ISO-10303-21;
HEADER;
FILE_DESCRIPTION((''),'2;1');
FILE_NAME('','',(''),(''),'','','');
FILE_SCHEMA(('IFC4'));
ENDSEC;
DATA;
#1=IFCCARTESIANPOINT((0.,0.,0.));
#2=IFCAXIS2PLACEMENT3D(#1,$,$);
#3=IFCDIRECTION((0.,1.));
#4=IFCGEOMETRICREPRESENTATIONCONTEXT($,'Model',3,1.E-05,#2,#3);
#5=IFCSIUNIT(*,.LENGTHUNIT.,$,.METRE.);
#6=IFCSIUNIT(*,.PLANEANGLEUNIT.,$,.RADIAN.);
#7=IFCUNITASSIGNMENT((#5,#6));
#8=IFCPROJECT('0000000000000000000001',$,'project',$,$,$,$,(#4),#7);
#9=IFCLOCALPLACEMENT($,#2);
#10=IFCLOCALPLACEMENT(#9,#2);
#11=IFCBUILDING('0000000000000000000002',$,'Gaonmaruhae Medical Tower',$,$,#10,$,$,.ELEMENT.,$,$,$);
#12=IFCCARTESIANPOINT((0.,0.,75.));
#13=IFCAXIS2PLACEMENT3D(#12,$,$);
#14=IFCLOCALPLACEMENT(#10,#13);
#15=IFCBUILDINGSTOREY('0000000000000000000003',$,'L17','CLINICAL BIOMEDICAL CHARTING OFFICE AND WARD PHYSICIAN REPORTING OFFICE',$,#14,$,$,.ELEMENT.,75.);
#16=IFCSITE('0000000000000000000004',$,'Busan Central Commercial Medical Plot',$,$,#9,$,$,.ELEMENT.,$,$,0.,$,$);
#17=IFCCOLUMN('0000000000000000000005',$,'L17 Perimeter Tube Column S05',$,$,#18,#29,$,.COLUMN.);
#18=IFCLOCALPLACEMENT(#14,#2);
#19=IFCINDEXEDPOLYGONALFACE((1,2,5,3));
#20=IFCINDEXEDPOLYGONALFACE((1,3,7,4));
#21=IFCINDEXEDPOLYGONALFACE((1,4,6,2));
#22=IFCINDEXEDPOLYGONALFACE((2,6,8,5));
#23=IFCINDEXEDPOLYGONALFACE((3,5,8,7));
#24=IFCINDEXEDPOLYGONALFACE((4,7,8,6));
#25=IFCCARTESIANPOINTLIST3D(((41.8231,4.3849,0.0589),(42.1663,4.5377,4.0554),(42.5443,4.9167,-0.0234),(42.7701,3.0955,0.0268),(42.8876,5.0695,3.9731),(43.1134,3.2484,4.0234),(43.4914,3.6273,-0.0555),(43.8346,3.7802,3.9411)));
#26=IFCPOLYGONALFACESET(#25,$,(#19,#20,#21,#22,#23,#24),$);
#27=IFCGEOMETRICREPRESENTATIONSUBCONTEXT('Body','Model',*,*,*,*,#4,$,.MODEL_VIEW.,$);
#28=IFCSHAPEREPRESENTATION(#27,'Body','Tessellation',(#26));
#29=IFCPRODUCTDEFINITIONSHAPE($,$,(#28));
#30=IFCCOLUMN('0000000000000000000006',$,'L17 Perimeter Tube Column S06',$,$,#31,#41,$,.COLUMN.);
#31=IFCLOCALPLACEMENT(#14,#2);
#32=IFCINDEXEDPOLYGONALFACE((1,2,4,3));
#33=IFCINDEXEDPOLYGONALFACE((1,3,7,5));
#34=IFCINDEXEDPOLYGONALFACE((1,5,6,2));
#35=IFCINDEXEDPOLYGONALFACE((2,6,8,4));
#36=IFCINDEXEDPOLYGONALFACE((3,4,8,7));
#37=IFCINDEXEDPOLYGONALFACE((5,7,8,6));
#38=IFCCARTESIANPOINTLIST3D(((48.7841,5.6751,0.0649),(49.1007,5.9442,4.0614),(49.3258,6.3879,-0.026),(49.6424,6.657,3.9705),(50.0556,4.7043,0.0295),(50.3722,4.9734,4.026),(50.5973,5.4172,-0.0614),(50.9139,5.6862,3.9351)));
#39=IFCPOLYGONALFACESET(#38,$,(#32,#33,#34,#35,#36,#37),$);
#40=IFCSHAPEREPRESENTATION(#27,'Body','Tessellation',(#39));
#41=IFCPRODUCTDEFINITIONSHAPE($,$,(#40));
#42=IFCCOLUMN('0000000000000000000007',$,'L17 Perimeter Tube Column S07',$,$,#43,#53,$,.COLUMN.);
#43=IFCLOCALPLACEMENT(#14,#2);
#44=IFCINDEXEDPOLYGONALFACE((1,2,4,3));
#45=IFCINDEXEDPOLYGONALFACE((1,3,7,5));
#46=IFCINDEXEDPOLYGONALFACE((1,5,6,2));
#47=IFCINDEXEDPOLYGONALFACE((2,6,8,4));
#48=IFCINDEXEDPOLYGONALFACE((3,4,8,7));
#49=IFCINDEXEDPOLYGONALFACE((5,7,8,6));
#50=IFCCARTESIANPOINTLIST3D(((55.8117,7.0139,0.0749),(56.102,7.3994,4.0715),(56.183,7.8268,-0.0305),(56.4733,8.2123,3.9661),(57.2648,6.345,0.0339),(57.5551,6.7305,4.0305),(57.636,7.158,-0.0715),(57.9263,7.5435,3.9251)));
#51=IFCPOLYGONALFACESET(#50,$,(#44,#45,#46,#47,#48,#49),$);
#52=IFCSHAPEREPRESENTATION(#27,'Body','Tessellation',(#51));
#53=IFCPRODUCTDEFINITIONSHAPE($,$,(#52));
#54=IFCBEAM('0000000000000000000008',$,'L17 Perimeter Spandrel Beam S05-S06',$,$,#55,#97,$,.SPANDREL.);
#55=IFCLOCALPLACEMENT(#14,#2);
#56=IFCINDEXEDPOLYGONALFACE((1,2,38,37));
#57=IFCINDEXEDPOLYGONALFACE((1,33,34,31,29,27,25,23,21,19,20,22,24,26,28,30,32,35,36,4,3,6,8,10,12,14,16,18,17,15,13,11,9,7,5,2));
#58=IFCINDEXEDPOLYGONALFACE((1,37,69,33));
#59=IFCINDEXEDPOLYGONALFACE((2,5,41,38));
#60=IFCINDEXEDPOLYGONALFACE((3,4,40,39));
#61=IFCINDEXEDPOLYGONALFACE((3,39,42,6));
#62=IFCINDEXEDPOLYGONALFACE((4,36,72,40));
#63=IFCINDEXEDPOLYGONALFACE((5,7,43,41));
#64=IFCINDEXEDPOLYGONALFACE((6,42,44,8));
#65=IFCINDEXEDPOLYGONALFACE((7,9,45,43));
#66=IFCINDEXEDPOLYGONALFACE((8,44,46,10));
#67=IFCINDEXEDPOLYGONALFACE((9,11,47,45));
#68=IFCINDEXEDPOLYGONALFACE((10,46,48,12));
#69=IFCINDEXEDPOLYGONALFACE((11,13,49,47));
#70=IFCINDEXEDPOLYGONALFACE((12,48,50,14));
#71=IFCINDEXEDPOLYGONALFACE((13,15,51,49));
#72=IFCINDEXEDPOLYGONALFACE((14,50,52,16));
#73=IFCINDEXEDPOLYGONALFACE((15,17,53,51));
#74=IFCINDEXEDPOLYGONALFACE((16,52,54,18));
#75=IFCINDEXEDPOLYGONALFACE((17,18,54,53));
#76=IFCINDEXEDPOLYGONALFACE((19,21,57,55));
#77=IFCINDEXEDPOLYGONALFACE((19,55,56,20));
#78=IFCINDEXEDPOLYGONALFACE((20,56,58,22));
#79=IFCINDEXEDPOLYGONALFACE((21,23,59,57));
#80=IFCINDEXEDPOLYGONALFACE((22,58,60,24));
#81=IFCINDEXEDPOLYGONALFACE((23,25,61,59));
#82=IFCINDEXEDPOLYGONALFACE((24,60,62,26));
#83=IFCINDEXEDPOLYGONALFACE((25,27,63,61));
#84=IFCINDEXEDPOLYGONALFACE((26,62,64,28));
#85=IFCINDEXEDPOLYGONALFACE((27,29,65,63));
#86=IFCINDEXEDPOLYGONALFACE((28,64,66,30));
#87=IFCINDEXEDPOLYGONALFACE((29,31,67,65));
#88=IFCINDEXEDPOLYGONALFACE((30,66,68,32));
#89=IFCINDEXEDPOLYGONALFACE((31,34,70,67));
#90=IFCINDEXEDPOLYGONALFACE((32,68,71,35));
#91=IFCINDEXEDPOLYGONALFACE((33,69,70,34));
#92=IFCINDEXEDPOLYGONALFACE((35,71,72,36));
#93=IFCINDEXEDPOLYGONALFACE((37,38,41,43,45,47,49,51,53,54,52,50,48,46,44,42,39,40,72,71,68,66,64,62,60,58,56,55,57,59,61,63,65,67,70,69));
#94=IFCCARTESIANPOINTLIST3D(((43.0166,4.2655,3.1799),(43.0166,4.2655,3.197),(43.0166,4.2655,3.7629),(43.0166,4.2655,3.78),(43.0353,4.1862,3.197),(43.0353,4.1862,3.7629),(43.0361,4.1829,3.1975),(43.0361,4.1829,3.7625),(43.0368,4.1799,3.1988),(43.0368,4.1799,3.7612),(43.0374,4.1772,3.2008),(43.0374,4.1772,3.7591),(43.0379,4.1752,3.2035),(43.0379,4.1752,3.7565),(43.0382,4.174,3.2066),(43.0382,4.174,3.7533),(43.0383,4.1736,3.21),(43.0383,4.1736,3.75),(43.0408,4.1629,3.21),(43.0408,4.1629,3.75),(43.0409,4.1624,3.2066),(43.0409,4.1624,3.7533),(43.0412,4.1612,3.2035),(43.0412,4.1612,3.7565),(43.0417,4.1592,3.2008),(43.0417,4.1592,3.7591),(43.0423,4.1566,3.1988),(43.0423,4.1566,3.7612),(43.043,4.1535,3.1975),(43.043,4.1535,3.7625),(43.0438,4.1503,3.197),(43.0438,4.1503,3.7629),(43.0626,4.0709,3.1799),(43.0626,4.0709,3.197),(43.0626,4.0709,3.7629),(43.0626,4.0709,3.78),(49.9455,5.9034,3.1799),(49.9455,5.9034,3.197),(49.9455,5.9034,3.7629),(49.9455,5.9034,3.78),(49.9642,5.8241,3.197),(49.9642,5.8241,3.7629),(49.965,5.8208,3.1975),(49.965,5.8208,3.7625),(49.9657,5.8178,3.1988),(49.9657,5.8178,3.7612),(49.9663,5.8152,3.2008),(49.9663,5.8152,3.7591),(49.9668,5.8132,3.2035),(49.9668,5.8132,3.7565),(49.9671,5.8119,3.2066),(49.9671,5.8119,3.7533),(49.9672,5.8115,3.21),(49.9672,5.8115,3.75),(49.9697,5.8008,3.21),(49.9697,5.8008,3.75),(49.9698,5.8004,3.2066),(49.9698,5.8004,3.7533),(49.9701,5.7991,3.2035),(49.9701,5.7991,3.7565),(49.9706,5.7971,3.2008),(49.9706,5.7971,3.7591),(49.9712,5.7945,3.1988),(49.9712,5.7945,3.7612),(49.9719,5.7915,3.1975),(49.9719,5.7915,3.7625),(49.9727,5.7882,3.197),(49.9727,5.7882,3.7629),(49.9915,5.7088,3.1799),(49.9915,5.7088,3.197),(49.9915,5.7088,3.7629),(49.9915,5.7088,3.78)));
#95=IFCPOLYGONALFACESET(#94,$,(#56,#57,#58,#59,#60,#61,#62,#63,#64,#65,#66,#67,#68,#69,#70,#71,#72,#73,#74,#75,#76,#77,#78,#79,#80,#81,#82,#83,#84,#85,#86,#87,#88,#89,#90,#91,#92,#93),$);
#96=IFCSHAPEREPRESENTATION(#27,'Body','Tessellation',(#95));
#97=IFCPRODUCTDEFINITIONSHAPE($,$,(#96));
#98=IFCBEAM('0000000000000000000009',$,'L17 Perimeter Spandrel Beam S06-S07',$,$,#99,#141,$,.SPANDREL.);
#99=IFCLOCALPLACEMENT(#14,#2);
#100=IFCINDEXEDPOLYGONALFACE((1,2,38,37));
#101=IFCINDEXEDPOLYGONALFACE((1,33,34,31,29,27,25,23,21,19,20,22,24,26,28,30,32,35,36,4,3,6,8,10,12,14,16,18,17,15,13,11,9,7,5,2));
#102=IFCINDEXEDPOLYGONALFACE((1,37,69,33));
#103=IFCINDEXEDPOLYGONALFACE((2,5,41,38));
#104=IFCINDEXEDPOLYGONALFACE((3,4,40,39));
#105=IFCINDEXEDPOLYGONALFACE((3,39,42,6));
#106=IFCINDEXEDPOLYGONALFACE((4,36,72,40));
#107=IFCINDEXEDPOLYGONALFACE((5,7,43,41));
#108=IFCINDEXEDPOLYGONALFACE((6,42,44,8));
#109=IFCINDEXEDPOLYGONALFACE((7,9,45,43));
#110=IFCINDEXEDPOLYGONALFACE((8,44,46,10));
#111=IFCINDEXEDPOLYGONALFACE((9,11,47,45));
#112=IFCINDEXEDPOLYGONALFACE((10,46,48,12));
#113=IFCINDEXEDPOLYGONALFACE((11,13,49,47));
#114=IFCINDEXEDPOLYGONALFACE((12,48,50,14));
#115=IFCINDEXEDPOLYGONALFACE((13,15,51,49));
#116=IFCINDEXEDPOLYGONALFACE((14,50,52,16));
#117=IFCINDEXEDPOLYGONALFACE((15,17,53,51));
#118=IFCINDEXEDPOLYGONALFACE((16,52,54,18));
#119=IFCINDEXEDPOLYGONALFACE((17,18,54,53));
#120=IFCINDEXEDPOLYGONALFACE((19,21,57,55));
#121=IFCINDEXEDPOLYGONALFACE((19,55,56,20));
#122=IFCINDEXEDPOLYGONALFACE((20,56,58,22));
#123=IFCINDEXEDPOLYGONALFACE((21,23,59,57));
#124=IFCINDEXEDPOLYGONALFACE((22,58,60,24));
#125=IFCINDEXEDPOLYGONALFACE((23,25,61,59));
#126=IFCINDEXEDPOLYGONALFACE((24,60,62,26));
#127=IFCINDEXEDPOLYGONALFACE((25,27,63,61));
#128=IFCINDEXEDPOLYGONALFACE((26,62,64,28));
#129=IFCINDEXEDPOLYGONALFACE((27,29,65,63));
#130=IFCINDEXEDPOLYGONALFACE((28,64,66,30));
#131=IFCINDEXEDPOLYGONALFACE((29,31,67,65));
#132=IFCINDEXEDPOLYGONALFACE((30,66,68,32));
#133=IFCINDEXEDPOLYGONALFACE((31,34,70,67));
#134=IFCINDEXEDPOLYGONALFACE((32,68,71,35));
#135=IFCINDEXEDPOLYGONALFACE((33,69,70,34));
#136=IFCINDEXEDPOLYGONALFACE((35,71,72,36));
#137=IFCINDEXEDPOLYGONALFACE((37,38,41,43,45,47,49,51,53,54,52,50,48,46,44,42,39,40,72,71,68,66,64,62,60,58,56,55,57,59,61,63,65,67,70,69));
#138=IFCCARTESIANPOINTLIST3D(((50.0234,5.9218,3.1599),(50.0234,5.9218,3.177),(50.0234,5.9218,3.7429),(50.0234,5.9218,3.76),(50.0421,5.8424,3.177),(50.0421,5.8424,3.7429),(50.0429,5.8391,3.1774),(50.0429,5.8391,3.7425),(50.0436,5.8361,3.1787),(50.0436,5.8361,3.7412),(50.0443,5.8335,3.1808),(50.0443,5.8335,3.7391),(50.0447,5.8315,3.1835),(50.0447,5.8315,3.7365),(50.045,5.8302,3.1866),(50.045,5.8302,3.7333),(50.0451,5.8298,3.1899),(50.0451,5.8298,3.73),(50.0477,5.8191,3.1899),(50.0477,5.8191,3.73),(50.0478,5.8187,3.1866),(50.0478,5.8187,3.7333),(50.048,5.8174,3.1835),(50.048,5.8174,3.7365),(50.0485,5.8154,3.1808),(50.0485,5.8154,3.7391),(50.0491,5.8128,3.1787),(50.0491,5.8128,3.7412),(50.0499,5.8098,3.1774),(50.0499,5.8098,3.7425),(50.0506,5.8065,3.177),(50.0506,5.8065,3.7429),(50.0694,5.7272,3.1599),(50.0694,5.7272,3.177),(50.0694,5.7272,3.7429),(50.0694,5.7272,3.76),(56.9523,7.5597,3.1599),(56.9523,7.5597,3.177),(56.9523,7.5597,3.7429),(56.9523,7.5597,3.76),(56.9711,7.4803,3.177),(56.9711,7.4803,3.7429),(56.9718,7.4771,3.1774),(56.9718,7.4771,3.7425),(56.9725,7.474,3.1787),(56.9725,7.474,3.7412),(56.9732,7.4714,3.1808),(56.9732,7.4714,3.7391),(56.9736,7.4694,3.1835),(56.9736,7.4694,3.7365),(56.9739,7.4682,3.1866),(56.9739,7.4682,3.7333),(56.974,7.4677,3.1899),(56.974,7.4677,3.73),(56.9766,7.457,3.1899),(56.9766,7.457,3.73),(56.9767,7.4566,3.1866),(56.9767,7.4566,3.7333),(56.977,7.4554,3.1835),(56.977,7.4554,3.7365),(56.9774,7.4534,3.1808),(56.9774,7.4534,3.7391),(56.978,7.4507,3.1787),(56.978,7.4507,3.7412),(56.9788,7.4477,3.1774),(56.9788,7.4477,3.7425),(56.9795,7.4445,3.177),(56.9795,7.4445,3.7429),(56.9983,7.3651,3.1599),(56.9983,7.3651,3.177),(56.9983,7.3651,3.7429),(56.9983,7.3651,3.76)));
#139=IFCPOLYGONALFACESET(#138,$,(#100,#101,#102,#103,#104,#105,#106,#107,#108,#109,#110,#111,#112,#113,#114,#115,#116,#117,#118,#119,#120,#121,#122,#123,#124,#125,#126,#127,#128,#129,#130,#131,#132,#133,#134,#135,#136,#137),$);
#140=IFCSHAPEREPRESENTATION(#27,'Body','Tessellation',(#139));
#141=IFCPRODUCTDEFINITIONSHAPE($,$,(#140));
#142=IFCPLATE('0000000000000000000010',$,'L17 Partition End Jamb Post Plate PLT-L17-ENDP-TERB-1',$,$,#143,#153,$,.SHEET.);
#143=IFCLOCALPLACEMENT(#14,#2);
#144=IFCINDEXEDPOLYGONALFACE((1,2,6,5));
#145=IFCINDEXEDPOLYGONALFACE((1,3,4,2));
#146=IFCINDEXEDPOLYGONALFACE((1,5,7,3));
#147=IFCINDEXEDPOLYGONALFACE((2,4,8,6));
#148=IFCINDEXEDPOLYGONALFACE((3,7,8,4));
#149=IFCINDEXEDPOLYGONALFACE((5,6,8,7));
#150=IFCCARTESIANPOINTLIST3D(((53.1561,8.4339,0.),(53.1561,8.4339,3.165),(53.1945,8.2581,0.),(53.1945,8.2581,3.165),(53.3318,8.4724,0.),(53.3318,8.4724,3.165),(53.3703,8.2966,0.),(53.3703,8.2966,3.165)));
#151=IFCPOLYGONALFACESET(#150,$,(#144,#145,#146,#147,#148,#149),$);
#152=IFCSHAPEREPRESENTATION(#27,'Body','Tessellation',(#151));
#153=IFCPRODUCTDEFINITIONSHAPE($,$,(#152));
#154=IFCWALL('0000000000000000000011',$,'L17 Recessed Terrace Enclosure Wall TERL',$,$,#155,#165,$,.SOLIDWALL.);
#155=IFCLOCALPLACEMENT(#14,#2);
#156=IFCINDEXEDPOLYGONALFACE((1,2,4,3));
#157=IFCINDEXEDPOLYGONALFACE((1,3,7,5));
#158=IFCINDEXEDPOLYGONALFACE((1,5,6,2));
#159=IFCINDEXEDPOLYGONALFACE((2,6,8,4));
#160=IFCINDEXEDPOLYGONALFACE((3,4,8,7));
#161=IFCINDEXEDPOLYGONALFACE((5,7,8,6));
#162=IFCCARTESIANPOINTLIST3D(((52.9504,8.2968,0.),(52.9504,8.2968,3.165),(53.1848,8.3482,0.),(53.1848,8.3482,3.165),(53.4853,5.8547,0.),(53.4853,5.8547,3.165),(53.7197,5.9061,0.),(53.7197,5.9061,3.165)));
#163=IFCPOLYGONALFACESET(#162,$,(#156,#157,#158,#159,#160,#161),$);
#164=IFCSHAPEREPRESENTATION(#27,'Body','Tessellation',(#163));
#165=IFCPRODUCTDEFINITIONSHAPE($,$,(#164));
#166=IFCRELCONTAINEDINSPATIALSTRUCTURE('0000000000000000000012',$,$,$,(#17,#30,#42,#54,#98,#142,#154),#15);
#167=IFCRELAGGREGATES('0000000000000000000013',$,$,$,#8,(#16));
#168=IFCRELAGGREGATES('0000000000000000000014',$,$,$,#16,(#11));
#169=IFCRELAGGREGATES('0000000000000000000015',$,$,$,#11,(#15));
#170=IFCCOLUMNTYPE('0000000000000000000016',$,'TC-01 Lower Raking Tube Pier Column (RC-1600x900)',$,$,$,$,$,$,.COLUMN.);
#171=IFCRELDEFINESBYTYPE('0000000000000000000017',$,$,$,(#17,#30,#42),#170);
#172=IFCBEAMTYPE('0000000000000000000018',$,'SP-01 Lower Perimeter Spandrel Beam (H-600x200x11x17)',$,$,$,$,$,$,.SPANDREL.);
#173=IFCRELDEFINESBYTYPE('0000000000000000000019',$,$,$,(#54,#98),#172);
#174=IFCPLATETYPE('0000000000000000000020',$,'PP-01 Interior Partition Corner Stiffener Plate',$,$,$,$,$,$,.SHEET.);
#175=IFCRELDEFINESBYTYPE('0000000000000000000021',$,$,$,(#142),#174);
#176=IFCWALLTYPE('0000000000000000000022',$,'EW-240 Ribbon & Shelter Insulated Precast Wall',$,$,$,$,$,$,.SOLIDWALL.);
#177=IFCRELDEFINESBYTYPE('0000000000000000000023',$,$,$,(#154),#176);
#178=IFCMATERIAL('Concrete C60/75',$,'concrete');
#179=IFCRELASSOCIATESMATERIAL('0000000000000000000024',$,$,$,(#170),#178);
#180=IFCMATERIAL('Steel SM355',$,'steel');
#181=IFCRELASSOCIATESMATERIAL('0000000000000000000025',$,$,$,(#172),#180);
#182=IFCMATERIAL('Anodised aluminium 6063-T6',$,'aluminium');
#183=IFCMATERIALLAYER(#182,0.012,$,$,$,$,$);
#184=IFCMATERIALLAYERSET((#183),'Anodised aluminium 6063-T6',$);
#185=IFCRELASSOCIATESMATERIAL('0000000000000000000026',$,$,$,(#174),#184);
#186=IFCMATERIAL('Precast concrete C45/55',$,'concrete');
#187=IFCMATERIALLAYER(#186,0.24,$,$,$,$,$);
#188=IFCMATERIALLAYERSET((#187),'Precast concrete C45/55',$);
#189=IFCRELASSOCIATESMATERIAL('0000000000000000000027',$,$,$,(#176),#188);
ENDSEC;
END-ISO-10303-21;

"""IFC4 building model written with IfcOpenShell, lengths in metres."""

from ifc_helpers import new_model, si_unit, direction, frame, frame_2d, origin, origin_2d, place, context, subcontext, project, spatial, rectangle, i_section, extrude, material, layer, layer_set, material_profile, profile_set, type_object, element, save


model = new_model("IFC4")

# Units and contexts
model_context = context("Model", 3, precision=1e-05, world=origin(), true_north=direction((0.0, 1.0)))
body_context = subcontext(model_context, "Body", "Model", "MODEL_VIEW")
ifc_project = project(units=[si_unit("LENGTHUNIT", "METRE"), si_unit("PLANEANGLEUNIT", "RADIAN")], contexts=[model_context])

# Site, building, storey
site_placement = place(None, origin())
site = spatial("IfcSite", under=ifc_project, at=site_placement, Name="Busan Central Commercial Medical Plot", CompositionType="ELEMENT", RefElevation=0.0)
building_placement = place(site_placement, origin())
building = spatial("IfcBuilding", under=site, at=building_placement, Name="Gaonmaruhae Medical Tower", CompositionType="ELEMENT")
storey_placement = place(building_placement, frame((0.0, 0.0, 75.0)))
storey = spatial("IfcBuildingStorey", under=building, at=storey_placement, Name="L17", Description="CLINICAL BIOMEDICAL CHARTING OFFICE AND WARD PHYSICIAN REPORTING OFFICE", CompositionType="ELEMENT", Elevation=75.0)

# Columns
ifc_material_1 = material(Name="Concrete C60/75", Category="concrete")
ifc_material_profile_1 = material_profile(ifc_material_1, rectangle(XDim=1.6001, YDim=0.8999, at=origin_2d()), Name="RC-1600x900")
ifc_profile_set_1 = profile_set([ifc_material_profile_1], Name="Concrete C60/75")
column_type = type_object("IfcColumnType", Name="TC-01 Lower Raking Tube Pier Column (RC-1600x900)", PredefinedType="COLUMN", material=ifc_profile_set_1)
column_1_placement = place(storey_placement, frame((42.6572, 4.0061, 0.0017), z_axis=(0.085512, 0.038073, 0.995609), x_axis=(-0.591862, 0.80579, 0.02002)))
element("IfcColumn", 1, at=column_1_placement, inside=storey, type_object=column_type, Name="L17 Perimeter Tube Column S05", PredefinedType="COLUMN", context=body_context, shape_type="SweptSolid", body=[
    extrude(rectangle(XDim=1.6001, YDim=0.8999, at=origin_2d()), origin(), (0.0, 0.0, 1.0), 4.0142),
])
column_2_placement = place(storey_placement, frame((49.6907, 5.5461, 0.0017), z_axis=(0.078806, 0.066957, 0.994639), x_axis=(-0.794631, 0.606689, 0.022118)))
element("IfcColumn", 2, at=column_2_placement, inside=storey, type_object=column_type, Name="L17 Perimeter Tube Column S06", PredefinedType="COLUMN", context=body_context, shape_type="SweptSolid", body=[
    extrude(rectangle(XDim=1.6001, YDim=0.8999, at=origin_2d()), origin(), (0.0, 0.0, 1.0), 4.0181),
])
column_3_placement = place(storey_placement, frame((56.7239, 7.0859, 0.0017), z_axis=(0.072109, 0.095761, 0.992789), x_axis=(-0.90809, 0.41799, 0.025639)))
element("IfcColumn", 3, at=column_3_placement, inside=storey, type_object=column_type, Name="L17 Perimeter Tube Column S07", PredefinedType="COLUMN", context=body_context, shape_type="SweptSolid", body=[
    extrude(rectangle(XDim=1.6001, YDim=0.8999, at=origin_2d()), origin(), (0.0, 0.0, 1.0), 4.0256),
])

# Beams
ifc_material_2 = material(Name="Steel SM355", Category="steel")
ifc_material_profile_2 = material_profile(ifc_material_2, i_section(OverallWidth=0.2, OverallDepth=0.6001, WebThickness=0.011, FlangeThickness=0.0171, FilletRadius=0.0129, at=origin_2d()), Name="H-600x200x11x17")
ifc_profile_set_2 = profile_set([ifc_material_profile_2], Name="Steel SM355")
beam_type = type_object("IfcBeamType", Name="SP-01 Lower Perimeter Spandrel Beam (H-600x200x11x17)", PredefinedType="SPANDREL", material=ifc_profile_set_2)
for number, where, z_axis, x_axis, name in (
    (4, (43.0396, 4.1682, 3.48), (0.973179, 0.23005, 0.0), (-0.23005, 0.973179, 0.0), "L17 Perimeter Spandrel Beam S05-S06"),
    (5, (50.0464, 5.8245, 3.46), (0.973179, 0.23005, 0.0), (-0.23005, 0.973179, 0.0), "L17 Perimeter Spandrel Beam S06-S07"),
):
    element("IfcBeam", number, at=place(storey_placement, frame(where, z_axis=z_axis, x_axis=x_axis)), inside=storey, type_object=beam_type, Name=name, PredefinedType="SPANDREL", context=body_context, shape_type="SweptSolid", body=[
        extrude(i_section(OverallWidth=0.2, OverallDepth=0.6001, WebThickness=0.011, FlangeThickness=0.0171, FilletRadius=0.0129, at=origin_2d()), origin(), (0.0, 0.0, 1.0), 7.1199),
    ])

# Plate
ifc_material_3 = material(Name="Anodised aluminium 6063-T6", Category="aluminium")
ifc_layer_1 = layer(ifc_material_3, 0.012)
ifc_layer_set_1 = layer_set([ifc_layer_1], Name="Anodised aluminium 6063-T6")
plate_type = type_object("IfcPlateType", Name="PP-01 Interior Partition Corner Stiffener Plate", PredefinedType="SHEET", material=ifc_layer_set_1)
plate_placement = place(storey_placement, frame((53.2632, 8.3652, 0.0), z_axis=(0.0, 0.0, 1.0), x_axis=(-0.976859, -0.213883, 0.0)))
element("IfcPlate", 6, at=plate_placement, inside=storey, type_object=plate_type, Name="L17 Partition End Jamb Post Plate PLT-L17-ENDP-TERB-1", PredefinedType="SHEET", context=body_context, shape_type="SweptSolid", body=[
    extrude(rectangle(XDim=0.1799, YDim=0.1799, at=origin_2d()), origin(), (0.0, 0.0, 1.0), 3.165),
])

# Wall
ifc_material_4 = material(Name="Precast concrete C45/55", Category="concrete")
ifc_layer_2 = layer(ifc_material_4, 0.24)
ifc_layer_set_2 = layer_set([ifc_layer_2], Name="Precast concrete C45/55")
wall_type_1 = type_object("IfcWallType", Name="EW-240 Ribbon & Shelter Insulated Precast Wall", PredefinedType="SOLIDWALL", material=ifc_layer_set_2)
wall_1_placement = place(storey_placement, frame((53.0676, 8.3225, 0.0), z_axis=(0.0, 0.0, 1.0), x_axis=(0.213962, -0.976842, 0.0)))
element("IfcWall", 7, at=wall_1_placement, inside=storey, type_object=wall_type_1, Name="L17 Recessed Terrace Enclosure Wall TERL", PredefinedType="SOLIDWALL", context=body_context, shape_type="SweptSolid", body=[
    extrude(rectangle(XDim=2.5, YDim=0.24, at=frame_2d((1.25, 0.0))), origin(), (0.0, 0.0, 1.0), 3.165),
])

save(model, "model.ifc")
